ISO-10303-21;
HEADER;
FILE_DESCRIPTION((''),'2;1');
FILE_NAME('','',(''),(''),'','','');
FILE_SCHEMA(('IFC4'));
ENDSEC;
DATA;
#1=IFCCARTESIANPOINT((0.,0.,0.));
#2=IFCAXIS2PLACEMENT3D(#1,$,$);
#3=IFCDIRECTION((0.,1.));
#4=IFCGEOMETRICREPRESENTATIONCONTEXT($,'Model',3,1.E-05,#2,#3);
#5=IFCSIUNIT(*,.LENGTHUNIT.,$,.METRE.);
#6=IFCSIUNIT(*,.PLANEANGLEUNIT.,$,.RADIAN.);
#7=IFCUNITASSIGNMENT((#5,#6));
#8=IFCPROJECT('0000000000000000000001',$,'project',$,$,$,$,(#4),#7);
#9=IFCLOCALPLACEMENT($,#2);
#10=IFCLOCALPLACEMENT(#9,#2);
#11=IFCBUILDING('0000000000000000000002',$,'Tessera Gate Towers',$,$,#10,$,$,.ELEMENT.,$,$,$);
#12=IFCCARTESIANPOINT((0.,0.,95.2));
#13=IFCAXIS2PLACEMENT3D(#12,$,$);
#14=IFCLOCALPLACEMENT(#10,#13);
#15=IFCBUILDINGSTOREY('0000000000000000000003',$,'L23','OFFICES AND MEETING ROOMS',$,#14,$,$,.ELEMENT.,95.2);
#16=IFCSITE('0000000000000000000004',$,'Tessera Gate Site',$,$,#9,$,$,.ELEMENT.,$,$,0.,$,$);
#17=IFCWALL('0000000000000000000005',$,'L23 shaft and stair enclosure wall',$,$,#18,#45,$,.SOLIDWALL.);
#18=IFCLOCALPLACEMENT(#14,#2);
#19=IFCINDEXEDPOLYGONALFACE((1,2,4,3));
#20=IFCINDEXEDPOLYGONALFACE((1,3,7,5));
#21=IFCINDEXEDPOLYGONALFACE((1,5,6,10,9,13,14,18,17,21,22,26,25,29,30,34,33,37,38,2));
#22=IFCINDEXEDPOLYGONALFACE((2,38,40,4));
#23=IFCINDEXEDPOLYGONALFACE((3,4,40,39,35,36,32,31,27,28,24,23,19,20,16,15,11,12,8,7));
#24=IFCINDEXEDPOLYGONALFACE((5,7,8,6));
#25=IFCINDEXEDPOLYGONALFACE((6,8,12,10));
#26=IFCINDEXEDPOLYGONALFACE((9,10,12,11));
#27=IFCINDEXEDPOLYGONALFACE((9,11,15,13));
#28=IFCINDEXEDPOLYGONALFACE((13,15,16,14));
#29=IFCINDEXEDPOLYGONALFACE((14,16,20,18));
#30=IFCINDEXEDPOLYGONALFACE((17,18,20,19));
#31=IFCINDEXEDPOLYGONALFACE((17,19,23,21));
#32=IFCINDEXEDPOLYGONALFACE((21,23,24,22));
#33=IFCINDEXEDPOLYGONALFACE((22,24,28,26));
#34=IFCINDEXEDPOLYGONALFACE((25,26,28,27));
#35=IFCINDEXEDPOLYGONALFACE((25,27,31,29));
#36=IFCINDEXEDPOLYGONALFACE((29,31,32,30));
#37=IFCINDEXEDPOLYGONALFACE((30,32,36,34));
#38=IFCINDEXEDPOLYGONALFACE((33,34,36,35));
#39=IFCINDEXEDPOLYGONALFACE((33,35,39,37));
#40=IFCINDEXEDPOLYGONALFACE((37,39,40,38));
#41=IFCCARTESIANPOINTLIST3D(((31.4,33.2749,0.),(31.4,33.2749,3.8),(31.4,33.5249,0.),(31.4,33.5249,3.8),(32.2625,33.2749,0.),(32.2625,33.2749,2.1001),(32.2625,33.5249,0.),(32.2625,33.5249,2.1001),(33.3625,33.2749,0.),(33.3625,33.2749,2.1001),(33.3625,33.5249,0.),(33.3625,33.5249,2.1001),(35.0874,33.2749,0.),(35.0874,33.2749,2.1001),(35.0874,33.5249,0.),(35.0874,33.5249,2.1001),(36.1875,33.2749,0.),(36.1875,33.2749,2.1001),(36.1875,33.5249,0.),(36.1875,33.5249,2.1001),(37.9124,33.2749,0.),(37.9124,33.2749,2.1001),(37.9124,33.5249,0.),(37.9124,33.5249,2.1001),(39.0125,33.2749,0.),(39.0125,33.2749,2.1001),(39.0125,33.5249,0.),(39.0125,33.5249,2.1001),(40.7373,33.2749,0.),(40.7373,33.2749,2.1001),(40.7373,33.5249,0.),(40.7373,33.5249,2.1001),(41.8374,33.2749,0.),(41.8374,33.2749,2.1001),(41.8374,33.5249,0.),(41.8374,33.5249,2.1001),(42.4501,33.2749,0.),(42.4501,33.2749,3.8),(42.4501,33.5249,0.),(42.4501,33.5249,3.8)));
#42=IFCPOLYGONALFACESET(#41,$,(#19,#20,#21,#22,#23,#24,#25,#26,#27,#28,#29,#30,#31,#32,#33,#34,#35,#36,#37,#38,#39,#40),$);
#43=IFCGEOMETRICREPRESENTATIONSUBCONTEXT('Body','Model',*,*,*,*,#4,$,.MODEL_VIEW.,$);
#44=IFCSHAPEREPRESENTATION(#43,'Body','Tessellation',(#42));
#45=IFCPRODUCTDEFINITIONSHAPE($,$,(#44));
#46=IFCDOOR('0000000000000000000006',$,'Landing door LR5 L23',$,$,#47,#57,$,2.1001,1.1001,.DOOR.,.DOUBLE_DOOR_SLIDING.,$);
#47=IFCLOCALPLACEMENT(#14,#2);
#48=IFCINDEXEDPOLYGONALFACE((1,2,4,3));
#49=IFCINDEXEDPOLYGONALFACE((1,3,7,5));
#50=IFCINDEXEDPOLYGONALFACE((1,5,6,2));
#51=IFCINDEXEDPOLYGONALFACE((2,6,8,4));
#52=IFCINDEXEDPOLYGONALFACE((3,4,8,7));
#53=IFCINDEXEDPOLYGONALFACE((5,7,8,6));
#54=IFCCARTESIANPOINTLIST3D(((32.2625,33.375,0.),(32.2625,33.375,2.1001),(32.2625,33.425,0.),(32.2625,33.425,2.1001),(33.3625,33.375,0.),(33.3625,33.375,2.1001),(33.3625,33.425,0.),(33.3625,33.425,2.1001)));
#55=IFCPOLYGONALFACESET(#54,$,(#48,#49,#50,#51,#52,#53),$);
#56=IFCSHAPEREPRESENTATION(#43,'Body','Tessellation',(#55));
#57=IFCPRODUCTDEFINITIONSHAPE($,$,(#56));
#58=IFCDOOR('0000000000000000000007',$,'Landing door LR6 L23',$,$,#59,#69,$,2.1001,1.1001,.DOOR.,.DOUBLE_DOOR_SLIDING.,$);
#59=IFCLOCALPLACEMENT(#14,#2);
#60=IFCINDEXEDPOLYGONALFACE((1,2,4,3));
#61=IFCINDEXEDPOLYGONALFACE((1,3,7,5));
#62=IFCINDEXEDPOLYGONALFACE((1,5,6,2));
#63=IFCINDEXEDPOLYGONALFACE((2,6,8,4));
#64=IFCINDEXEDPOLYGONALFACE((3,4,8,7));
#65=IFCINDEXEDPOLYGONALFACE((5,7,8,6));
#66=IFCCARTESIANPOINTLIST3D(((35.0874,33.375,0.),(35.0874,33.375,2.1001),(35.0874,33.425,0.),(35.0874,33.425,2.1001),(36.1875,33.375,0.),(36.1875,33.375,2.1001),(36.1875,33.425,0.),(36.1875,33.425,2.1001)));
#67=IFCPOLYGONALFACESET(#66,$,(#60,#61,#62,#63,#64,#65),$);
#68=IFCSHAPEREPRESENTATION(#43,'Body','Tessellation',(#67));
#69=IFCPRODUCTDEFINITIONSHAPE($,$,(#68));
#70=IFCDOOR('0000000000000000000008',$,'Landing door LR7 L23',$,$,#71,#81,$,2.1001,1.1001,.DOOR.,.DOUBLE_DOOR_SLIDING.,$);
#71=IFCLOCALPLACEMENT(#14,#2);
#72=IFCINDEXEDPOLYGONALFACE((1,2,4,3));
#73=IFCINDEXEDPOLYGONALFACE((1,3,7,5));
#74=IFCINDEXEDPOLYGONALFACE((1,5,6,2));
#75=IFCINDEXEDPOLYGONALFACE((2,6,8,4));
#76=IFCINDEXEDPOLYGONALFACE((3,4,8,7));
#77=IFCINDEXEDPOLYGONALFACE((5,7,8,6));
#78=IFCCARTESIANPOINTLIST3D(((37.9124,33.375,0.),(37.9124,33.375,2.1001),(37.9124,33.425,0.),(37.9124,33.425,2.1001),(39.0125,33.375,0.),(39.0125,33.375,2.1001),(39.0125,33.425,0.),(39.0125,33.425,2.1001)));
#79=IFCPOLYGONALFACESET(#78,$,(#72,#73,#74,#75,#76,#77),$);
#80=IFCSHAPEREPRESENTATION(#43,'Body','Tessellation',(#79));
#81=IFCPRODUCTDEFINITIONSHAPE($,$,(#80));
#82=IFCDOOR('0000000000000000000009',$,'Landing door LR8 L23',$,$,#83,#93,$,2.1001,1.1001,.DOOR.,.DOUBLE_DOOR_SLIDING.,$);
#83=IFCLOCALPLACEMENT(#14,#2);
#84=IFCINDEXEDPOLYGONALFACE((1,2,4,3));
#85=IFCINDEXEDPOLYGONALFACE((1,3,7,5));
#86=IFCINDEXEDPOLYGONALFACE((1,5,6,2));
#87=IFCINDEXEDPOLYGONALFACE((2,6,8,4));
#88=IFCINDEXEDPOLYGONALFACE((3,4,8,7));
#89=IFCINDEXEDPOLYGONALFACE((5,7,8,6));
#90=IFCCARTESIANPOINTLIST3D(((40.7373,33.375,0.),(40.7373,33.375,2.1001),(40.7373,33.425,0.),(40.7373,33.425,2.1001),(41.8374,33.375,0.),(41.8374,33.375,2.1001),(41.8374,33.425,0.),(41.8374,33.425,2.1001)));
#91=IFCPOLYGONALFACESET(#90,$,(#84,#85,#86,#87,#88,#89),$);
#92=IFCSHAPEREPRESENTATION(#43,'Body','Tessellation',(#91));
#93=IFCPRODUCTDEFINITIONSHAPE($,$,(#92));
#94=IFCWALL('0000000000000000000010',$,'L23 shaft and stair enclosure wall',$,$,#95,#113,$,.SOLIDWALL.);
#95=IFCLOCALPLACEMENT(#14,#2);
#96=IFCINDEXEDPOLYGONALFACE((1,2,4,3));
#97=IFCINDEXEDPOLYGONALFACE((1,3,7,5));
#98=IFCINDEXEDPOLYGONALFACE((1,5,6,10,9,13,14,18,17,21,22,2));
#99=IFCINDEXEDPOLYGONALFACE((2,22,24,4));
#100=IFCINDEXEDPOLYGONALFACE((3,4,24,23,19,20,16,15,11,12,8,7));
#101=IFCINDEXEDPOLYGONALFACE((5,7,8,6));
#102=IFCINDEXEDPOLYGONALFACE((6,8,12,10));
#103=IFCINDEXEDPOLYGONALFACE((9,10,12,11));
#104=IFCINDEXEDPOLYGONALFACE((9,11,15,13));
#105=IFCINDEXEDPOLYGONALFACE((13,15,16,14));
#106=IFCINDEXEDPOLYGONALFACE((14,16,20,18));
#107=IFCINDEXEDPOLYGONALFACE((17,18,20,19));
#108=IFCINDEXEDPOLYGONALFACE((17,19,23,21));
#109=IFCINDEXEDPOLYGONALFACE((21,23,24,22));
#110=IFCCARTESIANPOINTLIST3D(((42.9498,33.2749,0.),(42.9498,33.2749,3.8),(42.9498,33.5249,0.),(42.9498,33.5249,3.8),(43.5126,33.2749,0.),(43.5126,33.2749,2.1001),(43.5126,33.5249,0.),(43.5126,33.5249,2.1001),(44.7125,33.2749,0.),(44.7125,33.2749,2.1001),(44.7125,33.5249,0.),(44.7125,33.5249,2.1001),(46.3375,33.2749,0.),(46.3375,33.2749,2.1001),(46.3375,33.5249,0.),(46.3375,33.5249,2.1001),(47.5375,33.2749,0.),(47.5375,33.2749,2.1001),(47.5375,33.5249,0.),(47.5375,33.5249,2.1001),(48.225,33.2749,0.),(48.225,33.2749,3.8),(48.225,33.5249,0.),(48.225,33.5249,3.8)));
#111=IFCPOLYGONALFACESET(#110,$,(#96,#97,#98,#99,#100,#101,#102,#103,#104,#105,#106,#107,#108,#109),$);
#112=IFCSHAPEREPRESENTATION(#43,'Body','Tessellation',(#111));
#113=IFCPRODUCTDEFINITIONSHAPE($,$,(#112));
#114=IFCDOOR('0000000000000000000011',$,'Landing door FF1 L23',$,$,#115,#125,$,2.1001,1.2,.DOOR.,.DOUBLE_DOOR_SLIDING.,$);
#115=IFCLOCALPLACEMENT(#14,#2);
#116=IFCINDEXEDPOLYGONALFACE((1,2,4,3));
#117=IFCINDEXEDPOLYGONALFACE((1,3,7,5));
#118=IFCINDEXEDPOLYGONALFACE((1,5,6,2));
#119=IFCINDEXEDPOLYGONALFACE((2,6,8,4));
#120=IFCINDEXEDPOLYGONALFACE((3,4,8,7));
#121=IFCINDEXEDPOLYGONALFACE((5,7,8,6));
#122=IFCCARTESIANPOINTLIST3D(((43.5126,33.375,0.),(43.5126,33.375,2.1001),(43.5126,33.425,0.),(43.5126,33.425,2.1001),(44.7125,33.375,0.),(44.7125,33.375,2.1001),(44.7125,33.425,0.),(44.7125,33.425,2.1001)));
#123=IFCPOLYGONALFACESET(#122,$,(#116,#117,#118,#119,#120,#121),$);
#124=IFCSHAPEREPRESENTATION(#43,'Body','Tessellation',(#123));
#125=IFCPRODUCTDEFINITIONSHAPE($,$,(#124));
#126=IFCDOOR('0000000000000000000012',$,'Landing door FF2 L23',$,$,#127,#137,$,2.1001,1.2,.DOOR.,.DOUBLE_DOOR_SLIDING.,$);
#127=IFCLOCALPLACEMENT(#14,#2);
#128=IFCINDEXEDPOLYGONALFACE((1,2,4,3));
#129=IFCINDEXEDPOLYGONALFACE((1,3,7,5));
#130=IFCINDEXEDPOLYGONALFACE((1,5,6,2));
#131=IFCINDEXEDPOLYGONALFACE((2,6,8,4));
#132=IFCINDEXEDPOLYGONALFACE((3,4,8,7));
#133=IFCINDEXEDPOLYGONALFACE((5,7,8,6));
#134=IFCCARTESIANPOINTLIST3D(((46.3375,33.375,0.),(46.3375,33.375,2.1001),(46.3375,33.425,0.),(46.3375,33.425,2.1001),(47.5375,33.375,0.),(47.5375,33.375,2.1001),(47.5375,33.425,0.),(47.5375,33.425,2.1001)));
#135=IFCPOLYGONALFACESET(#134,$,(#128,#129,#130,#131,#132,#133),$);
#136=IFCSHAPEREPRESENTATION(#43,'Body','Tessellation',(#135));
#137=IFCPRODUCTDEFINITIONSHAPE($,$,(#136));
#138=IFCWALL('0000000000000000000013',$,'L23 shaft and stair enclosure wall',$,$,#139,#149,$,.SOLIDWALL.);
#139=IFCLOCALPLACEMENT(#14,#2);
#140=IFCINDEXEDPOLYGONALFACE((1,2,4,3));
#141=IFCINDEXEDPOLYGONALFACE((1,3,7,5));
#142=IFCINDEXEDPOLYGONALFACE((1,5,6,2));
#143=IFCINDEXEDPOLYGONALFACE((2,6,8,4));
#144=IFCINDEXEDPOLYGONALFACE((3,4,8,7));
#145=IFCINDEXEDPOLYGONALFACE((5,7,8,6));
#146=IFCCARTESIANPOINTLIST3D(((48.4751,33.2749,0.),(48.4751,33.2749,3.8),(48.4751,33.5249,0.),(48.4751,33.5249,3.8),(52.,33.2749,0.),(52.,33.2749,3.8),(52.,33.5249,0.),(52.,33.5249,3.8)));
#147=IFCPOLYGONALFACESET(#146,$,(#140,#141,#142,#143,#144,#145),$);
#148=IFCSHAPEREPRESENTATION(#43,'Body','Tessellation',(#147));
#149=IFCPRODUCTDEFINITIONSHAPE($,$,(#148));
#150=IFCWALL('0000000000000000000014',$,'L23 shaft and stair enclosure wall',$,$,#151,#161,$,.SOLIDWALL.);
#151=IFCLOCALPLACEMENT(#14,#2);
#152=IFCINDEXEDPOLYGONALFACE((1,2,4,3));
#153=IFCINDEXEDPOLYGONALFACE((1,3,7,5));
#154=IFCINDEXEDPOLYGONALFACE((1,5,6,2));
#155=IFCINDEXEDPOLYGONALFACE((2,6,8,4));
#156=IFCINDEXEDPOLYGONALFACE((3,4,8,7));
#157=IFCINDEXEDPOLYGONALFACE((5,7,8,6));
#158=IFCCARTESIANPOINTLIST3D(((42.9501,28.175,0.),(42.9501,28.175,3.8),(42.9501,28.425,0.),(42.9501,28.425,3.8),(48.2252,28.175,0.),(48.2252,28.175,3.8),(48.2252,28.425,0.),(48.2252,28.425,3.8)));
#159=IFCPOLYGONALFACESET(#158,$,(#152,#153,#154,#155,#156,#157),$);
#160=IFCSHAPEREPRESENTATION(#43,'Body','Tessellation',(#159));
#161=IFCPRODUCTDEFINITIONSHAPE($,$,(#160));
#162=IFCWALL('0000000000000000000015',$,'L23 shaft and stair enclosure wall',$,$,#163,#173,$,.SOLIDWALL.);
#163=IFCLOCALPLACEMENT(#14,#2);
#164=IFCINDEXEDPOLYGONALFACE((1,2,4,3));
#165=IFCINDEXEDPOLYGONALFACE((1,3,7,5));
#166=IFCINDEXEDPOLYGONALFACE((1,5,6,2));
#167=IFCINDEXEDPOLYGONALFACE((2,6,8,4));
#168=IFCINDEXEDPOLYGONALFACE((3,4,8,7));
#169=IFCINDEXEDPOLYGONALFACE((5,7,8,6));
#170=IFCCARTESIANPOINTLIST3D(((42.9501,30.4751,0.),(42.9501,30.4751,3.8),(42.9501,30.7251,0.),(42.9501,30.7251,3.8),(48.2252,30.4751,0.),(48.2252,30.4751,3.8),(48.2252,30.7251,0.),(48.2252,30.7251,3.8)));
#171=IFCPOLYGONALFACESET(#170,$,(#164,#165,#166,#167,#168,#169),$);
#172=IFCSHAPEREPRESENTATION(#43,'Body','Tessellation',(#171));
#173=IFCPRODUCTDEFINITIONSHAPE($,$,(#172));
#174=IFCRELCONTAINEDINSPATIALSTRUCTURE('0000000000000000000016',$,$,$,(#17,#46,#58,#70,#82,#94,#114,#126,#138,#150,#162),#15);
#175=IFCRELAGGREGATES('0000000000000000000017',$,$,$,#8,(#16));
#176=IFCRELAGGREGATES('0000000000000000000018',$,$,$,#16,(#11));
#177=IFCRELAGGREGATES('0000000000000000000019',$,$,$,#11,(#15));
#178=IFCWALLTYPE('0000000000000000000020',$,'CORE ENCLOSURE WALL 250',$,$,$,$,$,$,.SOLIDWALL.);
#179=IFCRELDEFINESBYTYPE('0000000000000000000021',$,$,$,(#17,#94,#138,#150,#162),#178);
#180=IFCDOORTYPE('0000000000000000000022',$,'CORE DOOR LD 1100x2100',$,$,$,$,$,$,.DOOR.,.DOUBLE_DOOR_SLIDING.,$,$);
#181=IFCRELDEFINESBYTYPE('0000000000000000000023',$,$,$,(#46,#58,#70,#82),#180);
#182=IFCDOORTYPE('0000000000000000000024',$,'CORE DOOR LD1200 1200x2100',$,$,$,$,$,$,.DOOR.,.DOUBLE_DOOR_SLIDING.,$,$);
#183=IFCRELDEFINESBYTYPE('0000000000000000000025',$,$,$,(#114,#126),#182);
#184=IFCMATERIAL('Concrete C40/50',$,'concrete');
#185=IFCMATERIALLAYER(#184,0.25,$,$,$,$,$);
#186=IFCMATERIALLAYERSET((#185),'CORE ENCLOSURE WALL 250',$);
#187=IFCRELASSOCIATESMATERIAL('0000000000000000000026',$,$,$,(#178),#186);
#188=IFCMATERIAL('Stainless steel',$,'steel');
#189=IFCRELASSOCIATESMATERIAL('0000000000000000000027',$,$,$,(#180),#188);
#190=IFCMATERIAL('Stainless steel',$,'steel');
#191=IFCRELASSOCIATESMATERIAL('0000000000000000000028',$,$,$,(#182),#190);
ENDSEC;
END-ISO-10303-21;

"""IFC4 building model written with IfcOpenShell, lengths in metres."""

from ifc_helpers import new_model, si_unit, direction, frame, frame_2d, origin, place, context, subcontext, project, spatial, rectangle, extrude, source, transform, mapped, material, layer, layer_set, type_object, element, fill, save


model = new_model("IFC4")

# Units and contexts
model_context = context("Model", 3, precision=1e-05, world=origin(), true_north=direction((0.0, 1.0)))
body_context = subcontext(model_context, "Body", "Model", "MODEL_VIEW")
ifc_project = project(units=[si_unit("LENGTHUNIT", "METRE"), si_unit("PLANEANGLEUNIT", "RADIAN")], contexts=[model_context])

# Site, building, storey
site_placement = place(None, origin())
site = spatial("IfcSite", under=ifc_project, at=site_placement, Name="Tessera Gate Site", CompositionType="ELEMENT", RefElevation=0.0)
building_placement = place(site_placement, origin())
building = spatial("IfcBuilding", under=site, at=building_placement, Name="Tessera Gate Towers", CompositionType="ELEMENT")
storey_placement = place(building_placement, frame((0.0, 0.0, 95.2)))
storey = spatial("IfcBuildingStorey", under=building, at=storey_placement, Name="L23", Description="OFFICES AND MEETING ROOMS", CompositionType="ELEMENT", Elevation=95.2)

# Walls, openings, doors
ifc_material_1 = material(Name="Concrete C40/50", Category="concrete")
ifc_layer_1 = layer(ifc_material_1, 0.25)
ifc_layer_set_1 = layer_set([ifc_layer_1], Name="CORE ENCLOSURE WALL 250")
wall_type_1 = type_object("IfcWallType", Name="CORE ENCLOSURE WALL 250", PredefinedType="SOLIDWALL", material=ifc_layer_set_1)
wall_1_placement = place(storey_placement, frame((42.45, 33.3999, 0.0), z_axis=(0.0, 0.0, 1.0), x_axis=(-1.0, 0.0, 0.0)))
wall_1 = element("IfcWall", 1, at=wall_1_placement, inside=storey, type_object=wall_type_1, Name="L23 shaft and stair enclosure wall", PredefinedType="SOLIDWALL", context=body_context, shape_type="SweptSolid", body=[
    extrude(rectangle(XDim=11.05, YDim=0.25, at=frame_2d((5.5249, 0.0))), origin(), (0.0, 0.0, 1.0), 3.8),
])
shared_shape_1 = source(origin(), body_context, "Body", "SweptSolid", [
    extrude(rectangle(XDim=1.1001, YDim=2.1001, at=frame_2d((0.55, 1.05))), frame((0.0, 0.135, 0.0), z_axis=(0.0, -1.0, 0.0), x_axis=(1.0, 0.0, 0.0)), (0.0, 0.0, 1.0), 0.27),
])
opening_1_placement = place(wall_1_placement, frame((9.0874, 0.0, 0.0)))
opening_1 = element("IfcOpeningElement", 2, at=opening_1_placement, cuts=wall_1, PredefinedType="OPENING", context=body_context, shape_type="MappedRepresentation", body=[
    mapped(shared_shape_1, transform((0.0, 0.0, 0.0), scale=1.0)),
])
opening_2_placement = place(wall_1_placement, frame((6.2625, 0.0, 0.0)))
opening_2 = element("IfcOpeningElement", 3, at=opening_2_placement, cuts=wall_1, PredefinedType="OPENING", context=body_context, shape_type="MappedRepresentation", body=[
    mapped(shared_shape_1, transform((0.0, 0.0, 0.0), scale=1.0)),
])
opening_3_placement = place(wall_1_placement, frame((3.4375, 0.0, 0.0)))
opening_3 = element("IfcOpeningElement", 4, at=opening_3_placement, cuts=wall_1, PredefinedType="OPENING", context=body_context, shape_type="MappedRepresentation", body=[
    mapped(shared_shape_1, transform((0.0, 0.0, 0.0), scale=1.0)),
])
opening_4_placement = place(wall_1_placement, frame((0.6125, 0.0, 0.0)))
opening_4 = element("IfcOpeningElement", 5, at=opening_4_placement, cuts=wall_1, PredefinedType="OPENING", context=body_context, shape_type="MappedRepresentation", body=[
    mapped(shared_shape_1, transform((0.0, 0.0, 0.0), scale=1.0)),
])
ifc_material_2 = material(Name="Stainless steel", Category="steel")
door_type_1 = type_object("IfcDoorType", Name="CORE DOOR LD 1100x2100", OperationType="DOUBLE_DOOR_SLIDING", PredefinedType="DOOR", material=ifc_material_2)
shared_shape_2 = source(origin(), body_context, "Body", "SweptSolid", [
    extrude(rectangle(XDim=1.1001, YDim=2.1001, at=frame_2d((0.55, 1.05))), frame((0.0, 0.0249, 0.0), z_axis=(0.0, -1.0, 0.0), x_axis=(1.0, 0.0, 0.0)), (0.0, 0.0, 1.0), 0.05),
])
door_1_placement = place(opening_1_placement, origin())
door_1 = element("IfcDoor", 6, at=door_1_placement, inside=storey, type_object=door_type_1, Name="Landing door LR5 L23", OperationType="DOUBLE_DOOR_SLIDING", OverallHeight=2.1001, OverallWidth=1.1001, PredefinedType="DOOR", context=body_context, shape_type="MappedRepresentation", body=[
    mapped(shared_shape_2, transform((0.0, 0.0, 0.0), scale=1.0)),
])
fill(opening_1, door_1)
door_2_placement = place(opening_2_placement, origin())
door_2 = element("IfcDoor", 7, at=door_2_placement, inside=storey, type_object=door_type_1, Name="Landing door LR6 L23", OperationType="DOUBLE_DOOR_SLIDING", OverallHeight=2.1001, OverallWidth=1.1001, PredefinedType="DOOR", context=body_context, shape_type="MappedRepresentation", body=[
    mapped(shared_shape_2, transform((0.0, 0.0, 0.0), scale=1.0)),
])
fill(opening_2, door_2)
door_3_placement = place(opening_3_placement, origin())
door_3 = element("IfcDoor", 8, at=door_3_placement, inside=storey, type_object=door_type_1, Name="Landing door LR7 L23", OperationType="DOUBLE_DOOR_SLIDING", OverallHeight=2.1001, OverallWidth=1.1001, PredefinedType="DOOR", context=body_context, shape_type="MappedRepresentation", body=[
    mapped(shared_shape_2, transform((0.0, 0.0, 0.0), scale=1.0)),
])
fill(opening_3, door_3)
door_4_placement = place(opening_4_placement, origin())
door_4 = element("IfcDoor", 9, at=door_4_placement, inside=storey, type_object=door_type_1, Name="Landing door LR8 L23", OperationType="DOUBLE_DOOR_SLIDING", OverallHeight=2.1001, OverallWidth=1.1001, PredefinedType="DOOR", context=body_context, shape_type="MappedRepresentation", body=[
    mapped(shared_shape_2, transform((0.0, 0.0, 0.0), scale=1.0)),
])
fill(opening_4, door_4)
wall_2_placement = place(storey_placement, frame((48.2251, 33.3999, 0.0), z_axis=(0.0, 0.0, 1.0), x_axis=(-1.0, 0.0, 0.0)))
wall_2 = element("IfcWall", 10, at=wall_2_placement, inside=storey, type_object=wall_type_1, Name="L23 shaft and stair enclosure wall", PredefinedType="SOLIDWALL", context=body_context, shape_type="SweptSolid", body=[
    extrude(rectangle(XDim=5.2751, YDim=0.25, at=frame_2d((2.6377, 0.0))), origin(), (0.0, 0.0, 1.0), 3.8),
])
shared_shape_3 = source(origin(), body_context, "Body", "SweptSolid", [
    extrude(rectangle(XDim=1.2, YDim=2.1001, at=frame_2d((0.6001, 1.05))), frame((0.0, 0.135, 0.0), z_axis=(0.0, -1.0, 0.0), x_axis=(1.0, 0.0, 0.0)), (0.0, 0.0, 1.0), 0.27),
])
opening_5_placement = place(wall_2_placement, frame((3.5125, 0.0, 0.0)))
opening_5 = element("IfcOpeningElement", 11, at=opening_5_placement, cuts=wall_2, PredefinedType="OPENING", context=body_context, shape_type="MappedRepresentation", body=[
    mapped(shared_shape_3, transform((0.0, 0.0, 0.0), scale=1.0)),
])
opening_6_placement = place(wall_2_placement, frame((0.6875, 0.0, 0.0)))
opening_6 = element("IfcOpeningElement", 12, at=opening_6_placement, cuts=wall_2, PredefinedType="OPENING", context=body_context, shape_type="MappedRepresentation", body=[
    mapped(shared_shape_3, transform((0.0, 0.0, 0.0), scale=1.0)),
])
ifc_material_3 = material(Name="Stainless steel", Category="steel")
door_type_2 = type_object("IfcDoorType", Name="CORE DOOR LD1200 1200x2100", OperationType="DOUBLE_DOOR_SLIDING", PredefinedType="DOOR", material=ifc_material_3)
shared_shape_4 = source(origin(), body_context, "Body", "SweptSolid", [
    extrude(rectangle(XDim=1.2, YDim=2.1001, at=frame_2d((0.6001, 1.05))), frame((0.0, 0.0249, 0.0), z_axis=(0.0, -1.0, 0.0), x_axis=(1.0, 0.0, 0.0)), (0.0, 0.0, 1.0), 0.05),
])
door_5_placement = place(opening_5_placement, origin())
door_5 = element("IfcDoor", 13, at=door_5_placement, inside=storey, type_object=door_type_2, Name="Landing door FF1 L23", OperationType="DOUBLE_DOOR_SLIDING", OverallHeight=2.1001, OverallWidth=1.2, PredefinedType="DOOR", context=body_context, shape_type="MappedRepresentation", body=[
    mapped(shared_shape_4, transform((0.0, 0.0, 0.0), scale=1.0)),
])
fill(opening_5, door_5)
door_6_placement = place(opening_6_placement, origin())
door_6 = element("IfcDoor", 14, at=door_6_placement, inside=storey, type_object=door_type_2, Name="Landing door FF2 L23", OperationType="DOUBLE_DOOR_SLIDING", OverallHeight=2.1001, OverallWidth=1.2, PredefinedType="DOOR", context=body_context, shape_type="MappedRepresentation", body=[
    mapped(shared_shape_4, transform((0.0, 0.0, 0.0), scale=1.0)),
])
fill(opening_6, door_6)

# Walls
wall_3_placement = place(storey_placement, frame((48.4751, 33.3999, 0.0), z_axis=(0.0, 0.0, 1.0), x_axis=(1.0, 0.0, 0.0)))
element("IfcWall", 15, at=wall_3_placement, inside=storey, type_object=wall_type_1, Name="L23 shaft and stair enclosure wall", PredefinedType="SOLIDWALL", context=body_context, shape_type="SweptSolid", body=[
    extrude(rectangle(XDim=3.5249, YDim=0.25, at=frame_2d((1.7625, 0.0))), origin(), (0.0, 0.0, 1.0), 3.8),
])
for number, where, z_axis, x_axis, name in (
    (16, (42.95, 28.3, 0.0), (0.0, 0.0, 1.0), (1.0, 0.0, 0.0), "L23 shaft and stair enclosure wall"),
    (17, (42.95, 30.6001, 0.0), (0.0, 0.0, 1.0), (1.0, 0.0, 0.0), "L23 shaft and stair enclosure wall"),
):
    element("IfcWall", number, at=place(storey_placement, frame(where, z_axis=z_axis, x_axis=x_axis)), inside=storey, type_object=wall_type_1, Name=name, PredefinedType="SOLIDWALL", context=body_context, shape_type="SweptSolid", body=[
        extrude(rectangle(XDim=5.2751, YDim=0.25, at=frame_2d((2.6377, 0.0))), origin(), (0.0, 0.0, 1.0), 3.8),
    ])

save(model, "model.ifc")
